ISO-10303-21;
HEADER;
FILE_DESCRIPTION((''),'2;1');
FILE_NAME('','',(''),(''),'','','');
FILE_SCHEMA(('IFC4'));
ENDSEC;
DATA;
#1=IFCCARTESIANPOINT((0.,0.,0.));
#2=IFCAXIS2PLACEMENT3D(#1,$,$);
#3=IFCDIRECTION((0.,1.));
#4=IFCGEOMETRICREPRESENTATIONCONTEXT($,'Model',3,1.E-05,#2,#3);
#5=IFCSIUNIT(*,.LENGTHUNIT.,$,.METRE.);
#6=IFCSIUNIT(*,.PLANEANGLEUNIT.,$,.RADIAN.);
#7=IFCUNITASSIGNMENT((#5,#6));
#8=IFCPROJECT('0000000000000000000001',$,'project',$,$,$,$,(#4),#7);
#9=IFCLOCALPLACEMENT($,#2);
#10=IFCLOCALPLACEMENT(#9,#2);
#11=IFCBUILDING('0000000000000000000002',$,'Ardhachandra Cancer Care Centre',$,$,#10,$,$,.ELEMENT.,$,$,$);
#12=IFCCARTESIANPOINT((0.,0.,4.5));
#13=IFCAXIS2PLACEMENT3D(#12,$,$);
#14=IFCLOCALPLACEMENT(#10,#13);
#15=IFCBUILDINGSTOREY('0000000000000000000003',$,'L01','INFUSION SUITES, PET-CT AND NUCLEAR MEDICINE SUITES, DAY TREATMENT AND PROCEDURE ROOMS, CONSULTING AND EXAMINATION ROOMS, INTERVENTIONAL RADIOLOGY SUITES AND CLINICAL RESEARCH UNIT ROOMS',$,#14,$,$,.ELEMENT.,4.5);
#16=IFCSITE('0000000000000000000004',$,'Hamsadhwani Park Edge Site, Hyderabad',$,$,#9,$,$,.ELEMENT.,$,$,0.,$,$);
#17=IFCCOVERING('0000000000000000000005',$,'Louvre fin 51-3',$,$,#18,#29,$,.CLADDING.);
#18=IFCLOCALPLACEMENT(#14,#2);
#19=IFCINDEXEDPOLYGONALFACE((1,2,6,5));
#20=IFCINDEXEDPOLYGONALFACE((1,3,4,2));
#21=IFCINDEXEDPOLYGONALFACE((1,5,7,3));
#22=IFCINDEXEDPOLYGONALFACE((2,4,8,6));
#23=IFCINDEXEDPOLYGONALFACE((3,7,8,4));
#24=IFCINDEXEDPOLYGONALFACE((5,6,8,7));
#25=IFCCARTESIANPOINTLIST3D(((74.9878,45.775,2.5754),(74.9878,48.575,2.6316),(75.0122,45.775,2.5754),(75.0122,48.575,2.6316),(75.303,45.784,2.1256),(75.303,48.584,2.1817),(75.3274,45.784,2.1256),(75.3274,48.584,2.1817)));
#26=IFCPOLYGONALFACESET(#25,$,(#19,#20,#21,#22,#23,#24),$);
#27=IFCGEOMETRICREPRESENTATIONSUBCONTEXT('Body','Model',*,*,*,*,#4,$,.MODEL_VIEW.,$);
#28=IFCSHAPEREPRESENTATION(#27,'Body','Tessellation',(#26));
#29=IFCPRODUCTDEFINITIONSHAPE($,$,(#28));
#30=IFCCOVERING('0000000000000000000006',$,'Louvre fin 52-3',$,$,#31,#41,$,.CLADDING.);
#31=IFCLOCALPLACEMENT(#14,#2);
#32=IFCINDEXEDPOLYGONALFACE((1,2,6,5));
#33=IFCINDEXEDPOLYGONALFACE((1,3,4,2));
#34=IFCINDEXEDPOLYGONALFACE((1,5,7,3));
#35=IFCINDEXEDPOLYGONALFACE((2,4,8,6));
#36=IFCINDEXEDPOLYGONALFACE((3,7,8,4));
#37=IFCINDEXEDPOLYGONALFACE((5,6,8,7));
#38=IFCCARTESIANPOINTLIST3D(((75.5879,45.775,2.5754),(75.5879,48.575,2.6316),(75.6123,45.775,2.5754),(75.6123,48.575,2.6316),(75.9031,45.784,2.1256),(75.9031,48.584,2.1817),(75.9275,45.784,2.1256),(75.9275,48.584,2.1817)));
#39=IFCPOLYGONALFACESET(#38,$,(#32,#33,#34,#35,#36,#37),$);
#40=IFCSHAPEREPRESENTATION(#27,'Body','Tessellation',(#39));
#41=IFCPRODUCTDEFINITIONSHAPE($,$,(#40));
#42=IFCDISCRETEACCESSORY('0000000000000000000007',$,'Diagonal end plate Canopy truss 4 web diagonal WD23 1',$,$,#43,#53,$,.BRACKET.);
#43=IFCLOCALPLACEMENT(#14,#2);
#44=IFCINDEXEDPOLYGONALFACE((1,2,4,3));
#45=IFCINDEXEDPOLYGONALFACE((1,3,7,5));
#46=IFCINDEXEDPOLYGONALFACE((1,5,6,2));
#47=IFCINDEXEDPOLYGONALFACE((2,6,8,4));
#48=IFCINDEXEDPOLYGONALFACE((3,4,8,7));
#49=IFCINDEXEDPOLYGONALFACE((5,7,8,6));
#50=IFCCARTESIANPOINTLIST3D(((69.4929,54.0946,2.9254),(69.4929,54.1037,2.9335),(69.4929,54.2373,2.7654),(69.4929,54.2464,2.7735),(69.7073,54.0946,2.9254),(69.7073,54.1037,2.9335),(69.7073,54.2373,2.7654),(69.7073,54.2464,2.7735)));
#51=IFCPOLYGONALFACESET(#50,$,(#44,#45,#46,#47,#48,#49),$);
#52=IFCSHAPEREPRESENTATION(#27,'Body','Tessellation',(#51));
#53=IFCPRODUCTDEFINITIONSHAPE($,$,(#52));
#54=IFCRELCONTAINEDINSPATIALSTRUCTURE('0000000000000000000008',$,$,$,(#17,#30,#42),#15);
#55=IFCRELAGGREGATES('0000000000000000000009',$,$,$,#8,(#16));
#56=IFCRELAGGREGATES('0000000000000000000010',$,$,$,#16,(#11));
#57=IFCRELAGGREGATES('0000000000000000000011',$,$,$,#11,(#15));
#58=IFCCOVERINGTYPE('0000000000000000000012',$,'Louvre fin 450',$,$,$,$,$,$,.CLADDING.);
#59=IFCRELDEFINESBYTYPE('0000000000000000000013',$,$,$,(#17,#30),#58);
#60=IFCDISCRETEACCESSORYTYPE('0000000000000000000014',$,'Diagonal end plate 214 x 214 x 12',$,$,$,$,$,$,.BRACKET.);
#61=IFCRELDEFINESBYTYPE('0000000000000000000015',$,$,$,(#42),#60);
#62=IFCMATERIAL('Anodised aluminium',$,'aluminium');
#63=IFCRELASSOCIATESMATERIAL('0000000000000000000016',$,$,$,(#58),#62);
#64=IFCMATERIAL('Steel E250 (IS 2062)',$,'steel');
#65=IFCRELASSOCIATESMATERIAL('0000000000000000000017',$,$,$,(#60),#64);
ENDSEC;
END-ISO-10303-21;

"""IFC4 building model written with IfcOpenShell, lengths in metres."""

from ifc_helpers import new_model, si_unit, direction, frame, origin, origin_2d, place, context, subcontext, project, spatial, polyline, rectangle, outline, extrude, material, material_profile, profile_set, type_object, element, save


model = new_model("IFC4")

# Units and contexts
model_context = context("Model", 3, precision=1e-05, world=origin(), true_north=direction((0.0, 1.0)))
body_context = subcontext(model_context, "Body", "Model", "MODEL_VIEW")
ifc_project = project(units=[si_unit("LENGTHUNIT", "METRE"), si_unit("PLANEANGLEUNIT", "RADIAN")], contexts=[model_context])

# Site, building, storey
site_placement = place(None, origin())
site = spatial("IfcSite", under=ifc_project, at=site_placement, Name="Hamsadhwani Park Edge Site, Hyderabad", CompositionType="ELEMENT", RefElevation=0.0)
building_placement = place(site_placement, origin())
building = spatial("IfcBuilding", under=site, at=building_placement, Name="Ardhachandra Cancer Care Centre", CompositionType="ELEMENT")
storey_placement = place(building_placement, frame((0.0, 0.0, 4.5)))
storey = spatial("IfcBuildingStorey", under=building, at=storey_placement, Name="L01", Description="INFUSION SUITES, PET-CT AND NUCLEAR MEDICINE SUITES, DAY TREATMENT AND PROCEDURE ROOMS, CONSULTING AND EXAMINATION ROOMS, INTERVENTIONAL RADIOLOGY SUITES AND CLINICAL RESEARCH UNIT ROOMS", CompositionType="ELEMENT", Elevation=4.5)

# Coverings
ifc_material_1 = material(Name="Anodised aluminium", Category="aluminium")
ifc_material_profile_1 = material_profile(ifc_material_1, outline(polyline([(-0.0122, 0.0), (0.0122, 0.0), (0.3274, -0.45), (0.303, -0.45), (-0.0122, 0.0)])), Name="Louvre fin 450")
ifc_profile_set_1 = profile_set([ifc_material_profile_1], Name="Anodised aluminium")
covering_type = type_object("IfcCoveringType", Name="Louvre fin 450", PredefinedType="CLADDING", material=ifc_profile_set_1)
for number, where, z_axis, x_axis, name in (
    (1, (75.0, 48.575, 2.6316), (0.0, -0.999799, -0.02005), (1.0, 0.0, 0.0), "Louvre fin 51-3"),
    (2, (75.6001, 48.575, 2.6316), (0.0, -0.999799, -0.02005), (1.0, 0.0, 0.0), "Louvre fin 52-3"),
):
    element("IfcCovering", number, at=place(storey_placement, frame(where, z_axis=z_axis, x_axis=x_axis)), inside=storey, type_object=covering_type, Name=name, PredefinedType="CLADDING", context=body_context, shape_type="SweptSolid", body=[
        extrude(outline(polyline([(-0.0122, 0.0), (0.0122, 0.0), (0.3274, -0.45), (0.303, -0.45), (-0.0122, 0.0)])), origin(), (0.0, 0.0, 1.0), 2.8005),
    ])

# Discrete accessory
ifc_material_2 = material(Name="Steel E250 (IS 2062)", Category="steel")
ifc_material_profile_2 = material_profile(ifc_material_2, rectangle(XDim=0.2144, YDim=0.2144, at=origin_2d()), Name="PL 214x214x12")
ifc_profile_set_2 = profile_set([ifc_material_profile_2], Name="Steel E250 (IS 2062)")
discrete_accessory_type = type_object("IfcDiscreteAccessoryType", Name="Diagonal end plate 214 x 214 x 12", PredefinedType="BRACKET", material=ifc_profile_set_2)
discrete_accessory_placement = place(storey_placement, frame((69.6001, 54.175, 2.8535), z_axis=(0.0, -0.746295, -0.665615), x_axis=(1.0, 0.0, 0.0)))
element("IfcDiscreteAccessory", 3, at=discrete_accessory_placement, inside=storey, type_object=discrete_accessory_type, Name="Diagonal end plate Canopy truss 4 web diagonal WD23 1", PredefinedType="BRACKET", context=body_context, shape_type="SweptSolid", body=[
    extrude(rectangle(XDim=0.2144, YDim=0.2144, at=origin_2d()), origin(), (0.0, 0.0, 1.0), 0.0122),
])

save(model, "model.ifc")
